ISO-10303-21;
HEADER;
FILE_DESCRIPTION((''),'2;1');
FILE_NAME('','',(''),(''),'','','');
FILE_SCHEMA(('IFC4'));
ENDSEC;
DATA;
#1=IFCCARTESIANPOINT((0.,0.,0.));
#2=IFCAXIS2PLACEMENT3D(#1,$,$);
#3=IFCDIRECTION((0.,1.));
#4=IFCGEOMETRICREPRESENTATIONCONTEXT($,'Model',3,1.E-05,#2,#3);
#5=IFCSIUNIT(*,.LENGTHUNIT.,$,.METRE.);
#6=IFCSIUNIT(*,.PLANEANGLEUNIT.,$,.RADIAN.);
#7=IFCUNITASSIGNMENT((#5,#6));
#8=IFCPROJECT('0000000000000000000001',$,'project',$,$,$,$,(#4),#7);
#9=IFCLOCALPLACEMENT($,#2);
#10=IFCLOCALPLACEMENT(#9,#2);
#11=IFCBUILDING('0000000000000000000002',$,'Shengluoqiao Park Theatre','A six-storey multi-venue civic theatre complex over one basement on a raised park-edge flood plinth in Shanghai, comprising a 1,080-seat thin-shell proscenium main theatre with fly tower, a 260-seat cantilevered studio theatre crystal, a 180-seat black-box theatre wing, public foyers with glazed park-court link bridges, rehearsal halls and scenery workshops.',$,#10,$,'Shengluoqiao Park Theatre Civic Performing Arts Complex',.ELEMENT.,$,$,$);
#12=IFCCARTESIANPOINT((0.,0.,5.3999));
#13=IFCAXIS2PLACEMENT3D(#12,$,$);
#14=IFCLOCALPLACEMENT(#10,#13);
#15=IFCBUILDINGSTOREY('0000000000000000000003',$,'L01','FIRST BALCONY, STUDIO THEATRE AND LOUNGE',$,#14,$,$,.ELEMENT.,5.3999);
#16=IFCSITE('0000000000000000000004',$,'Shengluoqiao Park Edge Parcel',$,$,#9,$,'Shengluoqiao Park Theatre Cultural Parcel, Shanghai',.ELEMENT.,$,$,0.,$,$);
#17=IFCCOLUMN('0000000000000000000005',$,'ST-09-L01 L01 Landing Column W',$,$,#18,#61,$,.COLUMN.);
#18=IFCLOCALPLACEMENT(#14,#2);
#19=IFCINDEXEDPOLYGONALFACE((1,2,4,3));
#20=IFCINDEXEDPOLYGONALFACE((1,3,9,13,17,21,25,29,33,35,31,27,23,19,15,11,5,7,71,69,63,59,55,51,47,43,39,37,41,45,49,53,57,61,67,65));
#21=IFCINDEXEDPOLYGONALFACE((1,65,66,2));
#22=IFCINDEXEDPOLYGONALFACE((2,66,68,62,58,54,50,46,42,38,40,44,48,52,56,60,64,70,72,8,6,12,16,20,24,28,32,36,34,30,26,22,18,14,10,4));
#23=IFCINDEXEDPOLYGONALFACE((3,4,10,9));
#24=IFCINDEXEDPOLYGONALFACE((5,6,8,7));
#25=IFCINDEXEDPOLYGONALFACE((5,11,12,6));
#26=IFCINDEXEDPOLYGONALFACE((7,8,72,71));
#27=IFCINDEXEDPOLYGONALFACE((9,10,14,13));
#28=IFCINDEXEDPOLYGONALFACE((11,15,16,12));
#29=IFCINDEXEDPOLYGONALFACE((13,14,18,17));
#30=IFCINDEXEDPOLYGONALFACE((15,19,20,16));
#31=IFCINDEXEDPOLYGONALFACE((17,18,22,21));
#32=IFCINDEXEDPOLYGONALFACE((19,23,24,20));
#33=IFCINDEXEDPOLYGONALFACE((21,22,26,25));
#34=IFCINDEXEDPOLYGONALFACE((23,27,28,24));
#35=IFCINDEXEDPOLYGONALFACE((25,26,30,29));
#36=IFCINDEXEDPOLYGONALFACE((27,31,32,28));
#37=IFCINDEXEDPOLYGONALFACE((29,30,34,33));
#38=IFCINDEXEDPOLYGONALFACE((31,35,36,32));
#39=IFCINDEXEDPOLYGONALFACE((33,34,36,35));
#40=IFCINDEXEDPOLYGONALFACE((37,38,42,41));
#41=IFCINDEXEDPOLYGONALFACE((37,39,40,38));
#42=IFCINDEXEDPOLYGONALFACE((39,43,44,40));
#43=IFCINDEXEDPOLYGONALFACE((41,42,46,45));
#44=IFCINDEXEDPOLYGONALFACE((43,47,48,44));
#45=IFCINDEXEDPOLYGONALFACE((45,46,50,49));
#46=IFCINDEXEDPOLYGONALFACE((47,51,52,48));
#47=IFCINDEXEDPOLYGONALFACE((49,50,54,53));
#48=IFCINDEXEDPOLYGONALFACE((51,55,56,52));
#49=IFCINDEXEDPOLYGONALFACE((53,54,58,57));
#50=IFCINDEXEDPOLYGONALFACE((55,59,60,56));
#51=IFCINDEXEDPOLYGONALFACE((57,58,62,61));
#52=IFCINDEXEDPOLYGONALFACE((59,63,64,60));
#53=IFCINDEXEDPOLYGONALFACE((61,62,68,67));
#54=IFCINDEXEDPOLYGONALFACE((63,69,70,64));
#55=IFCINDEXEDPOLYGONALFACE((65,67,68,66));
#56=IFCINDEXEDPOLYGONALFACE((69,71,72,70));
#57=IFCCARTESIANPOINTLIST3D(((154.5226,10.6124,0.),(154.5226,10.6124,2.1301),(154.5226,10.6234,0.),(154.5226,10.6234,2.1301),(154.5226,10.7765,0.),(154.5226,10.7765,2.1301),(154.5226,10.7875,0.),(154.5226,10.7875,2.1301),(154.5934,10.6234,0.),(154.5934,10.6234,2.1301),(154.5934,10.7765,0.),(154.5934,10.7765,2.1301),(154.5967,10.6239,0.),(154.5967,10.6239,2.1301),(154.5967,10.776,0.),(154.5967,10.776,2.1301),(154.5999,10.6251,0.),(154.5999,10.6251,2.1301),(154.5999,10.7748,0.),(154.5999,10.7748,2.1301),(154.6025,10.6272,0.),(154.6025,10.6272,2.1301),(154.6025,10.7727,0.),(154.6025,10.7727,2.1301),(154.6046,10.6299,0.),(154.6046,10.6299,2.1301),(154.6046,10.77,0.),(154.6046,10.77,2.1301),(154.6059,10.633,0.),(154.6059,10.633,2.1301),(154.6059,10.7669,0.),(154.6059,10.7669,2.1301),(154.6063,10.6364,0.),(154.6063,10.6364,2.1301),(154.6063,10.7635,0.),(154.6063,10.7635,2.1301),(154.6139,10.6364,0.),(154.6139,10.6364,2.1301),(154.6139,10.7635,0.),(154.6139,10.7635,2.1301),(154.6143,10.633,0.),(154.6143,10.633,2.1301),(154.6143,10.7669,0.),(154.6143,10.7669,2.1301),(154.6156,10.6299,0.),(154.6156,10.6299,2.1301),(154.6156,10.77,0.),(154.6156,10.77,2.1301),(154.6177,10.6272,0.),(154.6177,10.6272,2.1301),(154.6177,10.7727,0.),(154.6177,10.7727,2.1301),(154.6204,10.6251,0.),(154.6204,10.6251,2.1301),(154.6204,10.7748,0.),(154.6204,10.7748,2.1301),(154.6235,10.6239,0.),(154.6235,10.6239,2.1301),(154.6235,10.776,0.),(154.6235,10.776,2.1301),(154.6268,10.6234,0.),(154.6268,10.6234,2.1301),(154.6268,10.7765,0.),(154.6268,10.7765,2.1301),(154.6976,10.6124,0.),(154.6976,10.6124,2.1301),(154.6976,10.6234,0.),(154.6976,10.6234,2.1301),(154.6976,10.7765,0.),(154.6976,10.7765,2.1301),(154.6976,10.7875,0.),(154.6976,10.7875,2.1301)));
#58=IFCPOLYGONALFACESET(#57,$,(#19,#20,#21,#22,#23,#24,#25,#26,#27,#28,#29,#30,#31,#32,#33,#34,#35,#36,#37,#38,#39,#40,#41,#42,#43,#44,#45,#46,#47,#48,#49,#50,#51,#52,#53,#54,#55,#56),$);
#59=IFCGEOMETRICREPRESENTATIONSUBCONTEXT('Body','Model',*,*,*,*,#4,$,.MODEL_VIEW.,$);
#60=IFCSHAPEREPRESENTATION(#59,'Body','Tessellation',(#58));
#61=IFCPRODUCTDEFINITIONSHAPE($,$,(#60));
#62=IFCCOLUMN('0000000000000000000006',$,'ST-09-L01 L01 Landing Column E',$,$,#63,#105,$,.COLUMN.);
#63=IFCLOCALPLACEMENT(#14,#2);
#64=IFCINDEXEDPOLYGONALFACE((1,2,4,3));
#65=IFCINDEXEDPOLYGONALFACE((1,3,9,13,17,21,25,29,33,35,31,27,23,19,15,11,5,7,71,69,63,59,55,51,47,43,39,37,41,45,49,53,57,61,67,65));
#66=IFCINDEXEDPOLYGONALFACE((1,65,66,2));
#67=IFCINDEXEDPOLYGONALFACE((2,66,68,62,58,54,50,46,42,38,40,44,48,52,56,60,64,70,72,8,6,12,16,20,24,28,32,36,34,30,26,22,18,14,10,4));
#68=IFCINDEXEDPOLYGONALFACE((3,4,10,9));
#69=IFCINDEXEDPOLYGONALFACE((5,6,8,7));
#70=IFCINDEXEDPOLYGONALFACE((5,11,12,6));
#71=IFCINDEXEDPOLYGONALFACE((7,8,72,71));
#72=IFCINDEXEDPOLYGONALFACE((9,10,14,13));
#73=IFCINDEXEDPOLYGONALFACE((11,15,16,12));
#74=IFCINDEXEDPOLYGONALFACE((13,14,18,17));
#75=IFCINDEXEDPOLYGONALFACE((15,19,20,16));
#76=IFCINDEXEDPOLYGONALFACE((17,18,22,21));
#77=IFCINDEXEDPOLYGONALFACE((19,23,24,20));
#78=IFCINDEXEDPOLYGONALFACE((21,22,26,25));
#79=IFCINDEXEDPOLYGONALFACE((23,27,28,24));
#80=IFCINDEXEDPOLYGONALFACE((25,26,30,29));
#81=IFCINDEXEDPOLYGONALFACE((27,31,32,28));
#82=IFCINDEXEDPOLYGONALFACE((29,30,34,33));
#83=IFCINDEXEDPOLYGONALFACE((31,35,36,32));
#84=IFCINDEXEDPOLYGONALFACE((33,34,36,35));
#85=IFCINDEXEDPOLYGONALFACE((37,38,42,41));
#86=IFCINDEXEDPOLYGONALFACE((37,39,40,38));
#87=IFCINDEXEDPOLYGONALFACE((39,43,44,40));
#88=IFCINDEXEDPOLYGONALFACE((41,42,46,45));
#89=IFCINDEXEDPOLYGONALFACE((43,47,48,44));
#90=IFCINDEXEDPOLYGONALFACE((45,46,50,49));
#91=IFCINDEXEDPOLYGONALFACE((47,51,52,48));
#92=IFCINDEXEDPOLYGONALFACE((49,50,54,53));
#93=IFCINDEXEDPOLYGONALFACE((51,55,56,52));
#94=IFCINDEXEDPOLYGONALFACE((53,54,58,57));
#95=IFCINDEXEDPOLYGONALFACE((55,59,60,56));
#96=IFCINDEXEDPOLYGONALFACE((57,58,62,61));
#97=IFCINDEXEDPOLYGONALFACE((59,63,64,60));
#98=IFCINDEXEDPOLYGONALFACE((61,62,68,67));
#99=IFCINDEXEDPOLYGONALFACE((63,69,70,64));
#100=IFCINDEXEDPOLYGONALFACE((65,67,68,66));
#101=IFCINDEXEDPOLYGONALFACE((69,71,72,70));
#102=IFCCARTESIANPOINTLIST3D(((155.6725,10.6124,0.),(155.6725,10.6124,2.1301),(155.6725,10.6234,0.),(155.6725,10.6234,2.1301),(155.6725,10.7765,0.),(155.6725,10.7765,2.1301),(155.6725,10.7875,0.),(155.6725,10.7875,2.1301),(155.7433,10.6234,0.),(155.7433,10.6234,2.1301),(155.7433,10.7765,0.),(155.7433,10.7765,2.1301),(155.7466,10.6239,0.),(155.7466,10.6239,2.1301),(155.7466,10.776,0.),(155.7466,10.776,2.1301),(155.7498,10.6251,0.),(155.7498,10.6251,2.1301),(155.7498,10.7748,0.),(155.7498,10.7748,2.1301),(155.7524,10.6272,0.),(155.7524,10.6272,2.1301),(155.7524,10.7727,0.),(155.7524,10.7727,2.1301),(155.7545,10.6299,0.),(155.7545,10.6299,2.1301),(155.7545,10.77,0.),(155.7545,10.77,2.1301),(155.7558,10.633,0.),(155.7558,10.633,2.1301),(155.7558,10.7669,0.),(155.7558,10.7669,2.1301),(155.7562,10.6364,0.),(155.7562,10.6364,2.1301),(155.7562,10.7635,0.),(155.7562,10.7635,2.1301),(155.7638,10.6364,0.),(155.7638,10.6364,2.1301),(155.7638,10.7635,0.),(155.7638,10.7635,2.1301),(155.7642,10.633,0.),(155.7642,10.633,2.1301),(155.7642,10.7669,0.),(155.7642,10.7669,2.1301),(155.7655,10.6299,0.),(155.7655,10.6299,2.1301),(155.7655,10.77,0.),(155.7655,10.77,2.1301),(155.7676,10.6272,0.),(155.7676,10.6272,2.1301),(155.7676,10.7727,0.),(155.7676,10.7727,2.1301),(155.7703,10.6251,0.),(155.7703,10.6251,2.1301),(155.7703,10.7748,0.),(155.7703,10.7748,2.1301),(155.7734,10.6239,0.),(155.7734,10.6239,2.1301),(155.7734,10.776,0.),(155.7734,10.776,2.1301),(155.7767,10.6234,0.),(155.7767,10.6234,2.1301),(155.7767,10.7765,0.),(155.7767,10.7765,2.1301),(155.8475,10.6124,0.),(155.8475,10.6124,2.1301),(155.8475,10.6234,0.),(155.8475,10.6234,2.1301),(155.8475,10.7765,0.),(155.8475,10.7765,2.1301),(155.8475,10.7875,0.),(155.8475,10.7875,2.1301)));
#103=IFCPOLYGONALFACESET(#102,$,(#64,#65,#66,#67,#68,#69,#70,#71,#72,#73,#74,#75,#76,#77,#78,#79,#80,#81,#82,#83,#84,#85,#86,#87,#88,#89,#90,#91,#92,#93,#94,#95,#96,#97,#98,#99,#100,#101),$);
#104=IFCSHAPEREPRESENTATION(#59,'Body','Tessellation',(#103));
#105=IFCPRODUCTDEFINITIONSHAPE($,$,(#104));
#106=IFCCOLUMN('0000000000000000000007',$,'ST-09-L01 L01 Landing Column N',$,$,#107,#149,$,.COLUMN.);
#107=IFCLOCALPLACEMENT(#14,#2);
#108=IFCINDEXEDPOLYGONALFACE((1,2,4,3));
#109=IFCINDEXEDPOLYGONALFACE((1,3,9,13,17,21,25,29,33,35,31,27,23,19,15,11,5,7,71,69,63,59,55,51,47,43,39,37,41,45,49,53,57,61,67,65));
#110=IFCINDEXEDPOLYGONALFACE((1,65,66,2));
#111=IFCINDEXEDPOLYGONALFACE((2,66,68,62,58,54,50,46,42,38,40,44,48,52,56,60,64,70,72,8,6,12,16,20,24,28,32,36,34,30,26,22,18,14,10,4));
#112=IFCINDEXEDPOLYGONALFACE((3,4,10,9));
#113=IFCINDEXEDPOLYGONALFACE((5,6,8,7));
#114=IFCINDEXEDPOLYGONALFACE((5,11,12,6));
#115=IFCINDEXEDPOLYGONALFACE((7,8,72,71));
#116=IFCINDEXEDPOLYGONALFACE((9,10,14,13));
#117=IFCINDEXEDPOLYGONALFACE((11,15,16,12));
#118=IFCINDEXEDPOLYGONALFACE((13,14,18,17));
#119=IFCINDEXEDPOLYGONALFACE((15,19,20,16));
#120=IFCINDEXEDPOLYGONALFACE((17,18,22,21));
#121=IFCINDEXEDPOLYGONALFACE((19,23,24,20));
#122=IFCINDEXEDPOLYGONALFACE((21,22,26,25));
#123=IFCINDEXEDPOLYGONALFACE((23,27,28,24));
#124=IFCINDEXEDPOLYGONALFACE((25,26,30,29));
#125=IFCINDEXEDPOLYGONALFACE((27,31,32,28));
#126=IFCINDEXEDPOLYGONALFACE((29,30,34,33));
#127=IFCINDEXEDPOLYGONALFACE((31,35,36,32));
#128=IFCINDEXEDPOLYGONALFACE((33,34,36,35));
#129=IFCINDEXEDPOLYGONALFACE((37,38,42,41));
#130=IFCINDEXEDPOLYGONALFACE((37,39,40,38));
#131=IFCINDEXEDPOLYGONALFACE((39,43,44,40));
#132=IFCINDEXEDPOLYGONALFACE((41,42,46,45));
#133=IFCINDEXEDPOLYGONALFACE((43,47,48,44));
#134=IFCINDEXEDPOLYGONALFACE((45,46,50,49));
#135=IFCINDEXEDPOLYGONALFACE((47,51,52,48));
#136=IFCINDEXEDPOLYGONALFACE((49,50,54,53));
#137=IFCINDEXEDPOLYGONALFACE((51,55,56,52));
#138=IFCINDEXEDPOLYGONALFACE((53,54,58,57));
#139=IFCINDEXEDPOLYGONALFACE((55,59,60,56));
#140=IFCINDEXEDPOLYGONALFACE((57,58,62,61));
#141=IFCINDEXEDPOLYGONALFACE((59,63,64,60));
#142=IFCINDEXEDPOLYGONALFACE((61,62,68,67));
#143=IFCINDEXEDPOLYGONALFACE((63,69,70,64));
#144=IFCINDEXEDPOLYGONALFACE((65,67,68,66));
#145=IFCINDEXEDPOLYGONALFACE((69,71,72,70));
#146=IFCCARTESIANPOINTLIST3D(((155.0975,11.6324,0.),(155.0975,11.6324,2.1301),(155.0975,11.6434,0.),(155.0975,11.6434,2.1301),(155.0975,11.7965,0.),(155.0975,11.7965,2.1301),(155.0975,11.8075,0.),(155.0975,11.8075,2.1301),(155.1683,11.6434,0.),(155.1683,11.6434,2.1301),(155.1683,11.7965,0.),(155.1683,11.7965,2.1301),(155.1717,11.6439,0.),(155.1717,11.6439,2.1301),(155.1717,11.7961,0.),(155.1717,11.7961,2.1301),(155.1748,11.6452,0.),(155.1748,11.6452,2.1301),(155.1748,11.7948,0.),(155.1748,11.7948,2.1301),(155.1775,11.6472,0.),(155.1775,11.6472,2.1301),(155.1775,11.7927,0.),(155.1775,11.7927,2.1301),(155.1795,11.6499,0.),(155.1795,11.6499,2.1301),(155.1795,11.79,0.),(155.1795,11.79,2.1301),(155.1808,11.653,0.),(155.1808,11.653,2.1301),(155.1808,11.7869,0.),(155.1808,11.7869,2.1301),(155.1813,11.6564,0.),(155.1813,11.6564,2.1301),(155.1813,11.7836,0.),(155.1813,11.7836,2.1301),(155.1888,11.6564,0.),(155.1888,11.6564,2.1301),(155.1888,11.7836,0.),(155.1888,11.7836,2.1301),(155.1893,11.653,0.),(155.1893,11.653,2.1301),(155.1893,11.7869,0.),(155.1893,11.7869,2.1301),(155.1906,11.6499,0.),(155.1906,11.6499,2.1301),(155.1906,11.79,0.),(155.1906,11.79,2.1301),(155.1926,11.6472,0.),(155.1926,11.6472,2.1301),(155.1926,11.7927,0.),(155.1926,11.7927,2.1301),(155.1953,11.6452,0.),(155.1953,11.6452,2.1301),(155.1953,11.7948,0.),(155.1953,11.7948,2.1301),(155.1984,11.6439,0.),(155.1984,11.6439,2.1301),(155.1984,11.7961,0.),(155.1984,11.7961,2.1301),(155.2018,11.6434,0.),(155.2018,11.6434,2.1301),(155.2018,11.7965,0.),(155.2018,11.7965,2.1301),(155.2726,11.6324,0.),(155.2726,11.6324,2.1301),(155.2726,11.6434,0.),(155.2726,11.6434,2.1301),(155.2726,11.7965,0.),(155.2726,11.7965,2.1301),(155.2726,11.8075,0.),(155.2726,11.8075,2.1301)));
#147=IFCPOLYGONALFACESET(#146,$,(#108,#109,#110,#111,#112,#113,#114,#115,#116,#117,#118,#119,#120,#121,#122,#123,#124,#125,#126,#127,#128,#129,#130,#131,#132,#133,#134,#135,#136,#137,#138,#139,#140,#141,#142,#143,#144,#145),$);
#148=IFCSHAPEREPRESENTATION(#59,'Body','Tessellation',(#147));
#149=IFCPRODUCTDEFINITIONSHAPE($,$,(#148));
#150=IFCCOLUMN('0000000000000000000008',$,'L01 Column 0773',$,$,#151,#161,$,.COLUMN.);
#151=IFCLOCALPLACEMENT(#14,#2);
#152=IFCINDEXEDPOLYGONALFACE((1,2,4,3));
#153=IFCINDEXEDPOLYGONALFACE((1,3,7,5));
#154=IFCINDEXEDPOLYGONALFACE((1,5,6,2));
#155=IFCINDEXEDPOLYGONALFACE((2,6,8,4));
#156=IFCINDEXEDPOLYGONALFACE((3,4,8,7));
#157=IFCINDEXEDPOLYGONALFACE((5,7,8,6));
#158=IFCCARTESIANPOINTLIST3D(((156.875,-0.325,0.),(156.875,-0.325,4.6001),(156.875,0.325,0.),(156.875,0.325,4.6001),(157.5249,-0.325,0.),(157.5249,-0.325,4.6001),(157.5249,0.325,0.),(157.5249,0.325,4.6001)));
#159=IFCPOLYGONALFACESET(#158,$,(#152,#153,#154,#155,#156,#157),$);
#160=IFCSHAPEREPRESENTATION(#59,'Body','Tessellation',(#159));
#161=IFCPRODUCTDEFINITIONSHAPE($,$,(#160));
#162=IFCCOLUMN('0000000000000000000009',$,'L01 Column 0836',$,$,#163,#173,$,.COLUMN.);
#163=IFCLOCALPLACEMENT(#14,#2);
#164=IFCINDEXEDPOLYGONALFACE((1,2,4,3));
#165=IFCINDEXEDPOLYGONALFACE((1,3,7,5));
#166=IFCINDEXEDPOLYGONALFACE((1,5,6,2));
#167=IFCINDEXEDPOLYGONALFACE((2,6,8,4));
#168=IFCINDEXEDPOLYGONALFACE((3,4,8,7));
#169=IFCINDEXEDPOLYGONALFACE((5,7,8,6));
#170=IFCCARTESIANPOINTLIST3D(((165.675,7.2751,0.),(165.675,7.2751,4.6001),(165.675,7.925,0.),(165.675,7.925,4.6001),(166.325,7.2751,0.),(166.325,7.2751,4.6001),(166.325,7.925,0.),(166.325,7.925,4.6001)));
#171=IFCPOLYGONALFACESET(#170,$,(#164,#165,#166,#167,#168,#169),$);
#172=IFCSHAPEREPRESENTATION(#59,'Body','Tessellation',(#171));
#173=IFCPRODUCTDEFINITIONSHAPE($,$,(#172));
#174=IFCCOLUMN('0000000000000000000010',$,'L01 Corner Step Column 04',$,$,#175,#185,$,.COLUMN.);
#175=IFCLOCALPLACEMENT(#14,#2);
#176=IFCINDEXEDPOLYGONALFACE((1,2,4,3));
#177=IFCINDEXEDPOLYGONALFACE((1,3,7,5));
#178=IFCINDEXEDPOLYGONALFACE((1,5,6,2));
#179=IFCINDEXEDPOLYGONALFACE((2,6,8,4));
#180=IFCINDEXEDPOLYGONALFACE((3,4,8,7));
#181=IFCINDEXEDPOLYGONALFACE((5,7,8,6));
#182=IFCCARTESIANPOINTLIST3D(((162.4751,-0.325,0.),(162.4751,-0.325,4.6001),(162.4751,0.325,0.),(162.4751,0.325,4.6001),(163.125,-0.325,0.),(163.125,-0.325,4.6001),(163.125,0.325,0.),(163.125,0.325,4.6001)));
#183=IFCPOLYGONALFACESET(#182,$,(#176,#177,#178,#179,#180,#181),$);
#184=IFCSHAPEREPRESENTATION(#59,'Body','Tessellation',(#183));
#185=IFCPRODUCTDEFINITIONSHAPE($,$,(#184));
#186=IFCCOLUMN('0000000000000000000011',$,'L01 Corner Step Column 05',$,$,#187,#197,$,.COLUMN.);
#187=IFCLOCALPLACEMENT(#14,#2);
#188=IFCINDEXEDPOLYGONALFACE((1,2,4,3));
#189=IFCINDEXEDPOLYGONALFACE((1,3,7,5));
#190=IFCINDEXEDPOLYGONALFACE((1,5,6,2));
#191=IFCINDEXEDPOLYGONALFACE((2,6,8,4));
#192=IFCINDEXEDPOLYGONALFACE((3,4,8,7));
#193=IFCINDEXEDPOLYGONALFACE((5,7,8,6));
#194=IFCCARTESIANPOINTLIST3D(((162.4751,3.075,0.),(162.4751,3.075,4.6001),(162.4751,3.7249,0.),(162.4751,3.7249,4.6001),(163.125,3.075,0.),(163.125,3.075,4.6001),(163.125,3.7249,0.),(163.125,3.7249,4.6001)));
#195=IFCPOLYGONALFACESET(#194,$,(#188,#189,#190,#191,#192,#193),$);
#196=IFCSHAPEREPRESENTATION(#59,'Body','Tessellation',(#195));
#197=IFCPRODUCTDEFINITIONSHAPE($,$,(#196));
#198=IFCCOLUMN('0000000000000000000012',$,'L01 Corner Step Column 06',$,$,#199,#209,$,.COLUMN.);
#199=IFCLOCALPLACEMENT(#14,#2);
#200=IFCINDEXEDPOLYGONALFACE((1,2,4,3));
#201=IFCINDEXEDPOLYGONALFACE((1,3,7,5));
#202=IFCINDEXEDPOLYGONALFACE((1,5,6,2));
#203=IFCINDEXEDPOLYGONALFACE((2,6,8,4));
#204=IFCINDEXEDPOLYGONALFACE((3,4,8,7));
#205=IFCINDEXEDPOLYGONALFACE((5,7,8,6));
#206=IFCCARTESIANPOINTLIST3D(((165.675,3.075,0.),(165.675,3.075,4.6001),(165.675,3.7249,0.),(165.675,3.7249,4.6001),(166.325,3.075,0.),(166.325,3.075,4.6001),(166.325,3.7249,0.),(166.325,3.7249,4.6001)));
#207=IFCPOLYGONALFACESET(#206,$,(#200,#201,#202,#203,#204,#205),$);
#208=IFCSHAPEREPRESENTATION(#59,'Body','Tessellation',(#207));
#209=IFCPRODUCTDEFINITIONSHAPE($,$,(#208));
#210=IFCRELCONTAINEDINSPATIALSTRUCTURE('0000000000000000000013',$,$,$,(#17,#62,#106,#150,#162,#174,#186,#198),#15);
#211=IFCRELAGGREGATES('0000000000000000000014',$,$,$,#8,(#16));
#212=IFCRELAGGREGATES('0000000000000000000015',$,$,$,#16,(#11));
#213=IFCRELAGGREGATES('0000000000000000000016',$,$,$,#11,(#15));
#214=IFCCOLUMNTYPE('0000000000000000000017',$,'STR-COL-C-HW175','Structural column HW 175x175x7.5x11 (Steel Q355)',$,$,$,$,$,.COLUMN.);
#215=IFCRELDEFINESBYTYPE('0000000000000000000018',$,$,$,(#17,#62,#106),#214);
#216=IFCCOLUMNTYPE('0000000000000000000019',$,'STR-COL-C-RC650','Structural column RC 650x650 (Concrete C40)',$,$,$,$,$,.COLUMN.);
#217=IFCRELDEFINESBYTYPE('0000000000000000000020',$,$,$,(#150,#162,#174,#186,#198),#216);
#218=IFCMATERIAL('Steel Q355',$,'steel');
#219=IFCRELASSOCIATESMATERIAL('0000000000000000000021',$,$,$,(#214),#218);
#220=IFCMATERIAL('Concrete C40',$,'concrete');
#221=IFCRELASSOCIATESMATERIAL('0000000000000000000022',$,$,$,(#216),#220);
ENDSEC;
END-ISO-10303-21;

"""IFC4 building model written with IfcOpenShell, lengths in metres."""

from ifc_helpers import new_model, si_unit, direction, frame, origin, origin_2d, place, context, subcontext, project, spatial, rectangle, i_section, extrude, material, material_profile, profile_set, type_object, element, save


model = new_model("IFC4")

# Units and contexts
model_context = context("Model", 3, precision=1e-05, world=origin(), true_north=direction((0.0, 1.0)))
body_context = subcontext(model_context, "Body", "Model", "MODEL_VIEW")
ifc_project = project(units=[si_unit("LENGTHUNIT", "METRE"), si_unit("PLANEANGLEUNIT", "RADIAN")], contexts=[model_context])

# Site, building, storey
site_placement = place(None, origin())
site = spatial("IfcSite", under=ifc_project, at=site_placement, Name="Shengluoqiao Park Edge Parcel", LongName="Shengluoqiao Park Theatre Cultural Parcel, Shanghai", CompositionType="ELEMENT", RefElevation=0.0)
building_placement = place(site_placement, origin())
building = spatial("IfcBuilding", under=site, at=building_placement, Name="Shengluoqiao Park Theatre", Description="A six-storey multi-venue civic theatre complex over one basement on a raised park-edge flood plinth in Shanghai, comprising a 1,080-seat thin-shell proscenium main theatre with fly tower, a 260-seat cantilevered studio theatre crystal, a 180-seat black-box theatre wing, public foyers with glazed park-court link bridges, rehearsal halls and scenery workshops.", LongName="Shengluoqiao Park Theatre Civic Performing Arts Complex", CompositionType="ELEMENT")
storey_placement = place(building_placement, frame((0.0, 0.0, 5.3999)))
storey = spatial("IfcBuildingStorey", under=building, at=storey_placement, Name="L01", Description="FIRST BALCONY, STUDIO THEATRE AND LOUNGE", CompositionType="ELEMENT", Elevation=5.3999)

# Columns
ifc_material_1 = material(Name="Steel Q355", Category="steel")
ifc_material_profile_1 = material_profile(ifc_material_1, i_section(OverallWidth=0.175, OverallDepth=0.175, WebThickness=0.0076, FlangeThickness=0.011, FilletRadius=0.0129, at=origin_2d()), Name="HW 175x175x7.5x11")
ifc_profile_set_1 = profile_set([ifc_material_profile_1], Name="Steel Q355")
column_type_1 = type_object("IfcColumnType", Name="STR-COL-C-HW175", Description="Structural column HW 175x175x7.5x11 (Steel Q355)", PredefinedType="COLUMN", material=ifc_profile_set_1)
for number, where, z_axis, x_axis, name in (
    (1, (154.6101, 10.7, 0.0), (0.0, 0.0, 1.0), (1.0, 0.0, 0.0), "ST-09-L01 L01 Landing Column W"),
    (2, (155.76, 10.7, 0.0), (0.0, 0.0, 1.0), (1.0, 0.0, 0.0), "ST-09-L01 L01 Landing Column E"),
    (3, (155.1851, 11.72, 0.0), (0.0, 0.0, 1.0), (1.0, 0.0, 0.0), "ST-09-L01 L01 Landing Column N"),
):
    element("IfcColumn", number, at=place(storey_placement, frame(where, z_axis=z_axis, x_axis=x_axis)), inside=storey, type_object=column_type_1, Name=name, PredefinedType="COLUMN", context=body_context, shape_type="SweptSolid", body=[
        extrude(i_section(OverallWidth=0.175, OverallDepth=0.175, WebThickness=0.0076, FlangeThickness=0.011, FilletRadius=0.0129, at=origin_2d()), origin(), (0.0, 0.0, 1.0), 2.1301),
    ])
ifc_material_2 = material(Name="Concrete C40", Category="concrete")
ifc_material_profile_2 = material_profile(ifc_material_2, rectangle(XDim=0.6499, YDim=0.6499, at=origin_2d()), Name="RC 650x650")
ifc_profile_set_2 = profile_set([ifc_material_profile_2], Name="Concrete C40")
column_type_2 = type_object("IfcColumnType", Name="STR-COL-C-RC650", Description="Structural column RC 650x650 (Concrete C40)", PredefinedType="COLUMN", material=ifc_profile_set_2)
for number, where, z_axis, x_axis, name in (
    (4, (157.2, 0.0, 0.0), (0.0, 0.0, 1.0), (1.0, 0.0, 0.0), "L01 Column 0773"),
    (5, (166.0, 7.6001, 0.0), (0.0, 0.0, 1.0), (1.0, 0.0, 0.0), "L01 Column 0836"),
    (6, (162.8, 0.0, 0.0), (0.0, 0.0, 1.0), (1.0, 0.0, 0.0), "L01 Corner Step Column 04"),
    (7, (162.8, 3.3999, 0.0), (0.0, 0.0, 1.0), (1.0, 0.0, 0.0), "L01 Corner Step Column 05"),
    (8, (166.0, 3.3999, 0.0), (0.0, 0.0, 1.0), (1.0, 0.0, 0.0), "L01 Corner Step Column 06"),
):
    element("IfcColumn", number, at=place(storey_placement, frame(where, z_axis=z_axis, x_axis=x_axis)), inside=storey, type_object=column_type_2, Name=name, PredefinedType="COLUMN", context=body_context, shape_type="SweptSolid", body=[
        extrude(rectangle(XDim=0.6499, YDim=0.6499, at=origin_2d()), origin(), (0.0, 0.0, 1.0), 4.6001),
    ])

save(model, "model.ifc")
